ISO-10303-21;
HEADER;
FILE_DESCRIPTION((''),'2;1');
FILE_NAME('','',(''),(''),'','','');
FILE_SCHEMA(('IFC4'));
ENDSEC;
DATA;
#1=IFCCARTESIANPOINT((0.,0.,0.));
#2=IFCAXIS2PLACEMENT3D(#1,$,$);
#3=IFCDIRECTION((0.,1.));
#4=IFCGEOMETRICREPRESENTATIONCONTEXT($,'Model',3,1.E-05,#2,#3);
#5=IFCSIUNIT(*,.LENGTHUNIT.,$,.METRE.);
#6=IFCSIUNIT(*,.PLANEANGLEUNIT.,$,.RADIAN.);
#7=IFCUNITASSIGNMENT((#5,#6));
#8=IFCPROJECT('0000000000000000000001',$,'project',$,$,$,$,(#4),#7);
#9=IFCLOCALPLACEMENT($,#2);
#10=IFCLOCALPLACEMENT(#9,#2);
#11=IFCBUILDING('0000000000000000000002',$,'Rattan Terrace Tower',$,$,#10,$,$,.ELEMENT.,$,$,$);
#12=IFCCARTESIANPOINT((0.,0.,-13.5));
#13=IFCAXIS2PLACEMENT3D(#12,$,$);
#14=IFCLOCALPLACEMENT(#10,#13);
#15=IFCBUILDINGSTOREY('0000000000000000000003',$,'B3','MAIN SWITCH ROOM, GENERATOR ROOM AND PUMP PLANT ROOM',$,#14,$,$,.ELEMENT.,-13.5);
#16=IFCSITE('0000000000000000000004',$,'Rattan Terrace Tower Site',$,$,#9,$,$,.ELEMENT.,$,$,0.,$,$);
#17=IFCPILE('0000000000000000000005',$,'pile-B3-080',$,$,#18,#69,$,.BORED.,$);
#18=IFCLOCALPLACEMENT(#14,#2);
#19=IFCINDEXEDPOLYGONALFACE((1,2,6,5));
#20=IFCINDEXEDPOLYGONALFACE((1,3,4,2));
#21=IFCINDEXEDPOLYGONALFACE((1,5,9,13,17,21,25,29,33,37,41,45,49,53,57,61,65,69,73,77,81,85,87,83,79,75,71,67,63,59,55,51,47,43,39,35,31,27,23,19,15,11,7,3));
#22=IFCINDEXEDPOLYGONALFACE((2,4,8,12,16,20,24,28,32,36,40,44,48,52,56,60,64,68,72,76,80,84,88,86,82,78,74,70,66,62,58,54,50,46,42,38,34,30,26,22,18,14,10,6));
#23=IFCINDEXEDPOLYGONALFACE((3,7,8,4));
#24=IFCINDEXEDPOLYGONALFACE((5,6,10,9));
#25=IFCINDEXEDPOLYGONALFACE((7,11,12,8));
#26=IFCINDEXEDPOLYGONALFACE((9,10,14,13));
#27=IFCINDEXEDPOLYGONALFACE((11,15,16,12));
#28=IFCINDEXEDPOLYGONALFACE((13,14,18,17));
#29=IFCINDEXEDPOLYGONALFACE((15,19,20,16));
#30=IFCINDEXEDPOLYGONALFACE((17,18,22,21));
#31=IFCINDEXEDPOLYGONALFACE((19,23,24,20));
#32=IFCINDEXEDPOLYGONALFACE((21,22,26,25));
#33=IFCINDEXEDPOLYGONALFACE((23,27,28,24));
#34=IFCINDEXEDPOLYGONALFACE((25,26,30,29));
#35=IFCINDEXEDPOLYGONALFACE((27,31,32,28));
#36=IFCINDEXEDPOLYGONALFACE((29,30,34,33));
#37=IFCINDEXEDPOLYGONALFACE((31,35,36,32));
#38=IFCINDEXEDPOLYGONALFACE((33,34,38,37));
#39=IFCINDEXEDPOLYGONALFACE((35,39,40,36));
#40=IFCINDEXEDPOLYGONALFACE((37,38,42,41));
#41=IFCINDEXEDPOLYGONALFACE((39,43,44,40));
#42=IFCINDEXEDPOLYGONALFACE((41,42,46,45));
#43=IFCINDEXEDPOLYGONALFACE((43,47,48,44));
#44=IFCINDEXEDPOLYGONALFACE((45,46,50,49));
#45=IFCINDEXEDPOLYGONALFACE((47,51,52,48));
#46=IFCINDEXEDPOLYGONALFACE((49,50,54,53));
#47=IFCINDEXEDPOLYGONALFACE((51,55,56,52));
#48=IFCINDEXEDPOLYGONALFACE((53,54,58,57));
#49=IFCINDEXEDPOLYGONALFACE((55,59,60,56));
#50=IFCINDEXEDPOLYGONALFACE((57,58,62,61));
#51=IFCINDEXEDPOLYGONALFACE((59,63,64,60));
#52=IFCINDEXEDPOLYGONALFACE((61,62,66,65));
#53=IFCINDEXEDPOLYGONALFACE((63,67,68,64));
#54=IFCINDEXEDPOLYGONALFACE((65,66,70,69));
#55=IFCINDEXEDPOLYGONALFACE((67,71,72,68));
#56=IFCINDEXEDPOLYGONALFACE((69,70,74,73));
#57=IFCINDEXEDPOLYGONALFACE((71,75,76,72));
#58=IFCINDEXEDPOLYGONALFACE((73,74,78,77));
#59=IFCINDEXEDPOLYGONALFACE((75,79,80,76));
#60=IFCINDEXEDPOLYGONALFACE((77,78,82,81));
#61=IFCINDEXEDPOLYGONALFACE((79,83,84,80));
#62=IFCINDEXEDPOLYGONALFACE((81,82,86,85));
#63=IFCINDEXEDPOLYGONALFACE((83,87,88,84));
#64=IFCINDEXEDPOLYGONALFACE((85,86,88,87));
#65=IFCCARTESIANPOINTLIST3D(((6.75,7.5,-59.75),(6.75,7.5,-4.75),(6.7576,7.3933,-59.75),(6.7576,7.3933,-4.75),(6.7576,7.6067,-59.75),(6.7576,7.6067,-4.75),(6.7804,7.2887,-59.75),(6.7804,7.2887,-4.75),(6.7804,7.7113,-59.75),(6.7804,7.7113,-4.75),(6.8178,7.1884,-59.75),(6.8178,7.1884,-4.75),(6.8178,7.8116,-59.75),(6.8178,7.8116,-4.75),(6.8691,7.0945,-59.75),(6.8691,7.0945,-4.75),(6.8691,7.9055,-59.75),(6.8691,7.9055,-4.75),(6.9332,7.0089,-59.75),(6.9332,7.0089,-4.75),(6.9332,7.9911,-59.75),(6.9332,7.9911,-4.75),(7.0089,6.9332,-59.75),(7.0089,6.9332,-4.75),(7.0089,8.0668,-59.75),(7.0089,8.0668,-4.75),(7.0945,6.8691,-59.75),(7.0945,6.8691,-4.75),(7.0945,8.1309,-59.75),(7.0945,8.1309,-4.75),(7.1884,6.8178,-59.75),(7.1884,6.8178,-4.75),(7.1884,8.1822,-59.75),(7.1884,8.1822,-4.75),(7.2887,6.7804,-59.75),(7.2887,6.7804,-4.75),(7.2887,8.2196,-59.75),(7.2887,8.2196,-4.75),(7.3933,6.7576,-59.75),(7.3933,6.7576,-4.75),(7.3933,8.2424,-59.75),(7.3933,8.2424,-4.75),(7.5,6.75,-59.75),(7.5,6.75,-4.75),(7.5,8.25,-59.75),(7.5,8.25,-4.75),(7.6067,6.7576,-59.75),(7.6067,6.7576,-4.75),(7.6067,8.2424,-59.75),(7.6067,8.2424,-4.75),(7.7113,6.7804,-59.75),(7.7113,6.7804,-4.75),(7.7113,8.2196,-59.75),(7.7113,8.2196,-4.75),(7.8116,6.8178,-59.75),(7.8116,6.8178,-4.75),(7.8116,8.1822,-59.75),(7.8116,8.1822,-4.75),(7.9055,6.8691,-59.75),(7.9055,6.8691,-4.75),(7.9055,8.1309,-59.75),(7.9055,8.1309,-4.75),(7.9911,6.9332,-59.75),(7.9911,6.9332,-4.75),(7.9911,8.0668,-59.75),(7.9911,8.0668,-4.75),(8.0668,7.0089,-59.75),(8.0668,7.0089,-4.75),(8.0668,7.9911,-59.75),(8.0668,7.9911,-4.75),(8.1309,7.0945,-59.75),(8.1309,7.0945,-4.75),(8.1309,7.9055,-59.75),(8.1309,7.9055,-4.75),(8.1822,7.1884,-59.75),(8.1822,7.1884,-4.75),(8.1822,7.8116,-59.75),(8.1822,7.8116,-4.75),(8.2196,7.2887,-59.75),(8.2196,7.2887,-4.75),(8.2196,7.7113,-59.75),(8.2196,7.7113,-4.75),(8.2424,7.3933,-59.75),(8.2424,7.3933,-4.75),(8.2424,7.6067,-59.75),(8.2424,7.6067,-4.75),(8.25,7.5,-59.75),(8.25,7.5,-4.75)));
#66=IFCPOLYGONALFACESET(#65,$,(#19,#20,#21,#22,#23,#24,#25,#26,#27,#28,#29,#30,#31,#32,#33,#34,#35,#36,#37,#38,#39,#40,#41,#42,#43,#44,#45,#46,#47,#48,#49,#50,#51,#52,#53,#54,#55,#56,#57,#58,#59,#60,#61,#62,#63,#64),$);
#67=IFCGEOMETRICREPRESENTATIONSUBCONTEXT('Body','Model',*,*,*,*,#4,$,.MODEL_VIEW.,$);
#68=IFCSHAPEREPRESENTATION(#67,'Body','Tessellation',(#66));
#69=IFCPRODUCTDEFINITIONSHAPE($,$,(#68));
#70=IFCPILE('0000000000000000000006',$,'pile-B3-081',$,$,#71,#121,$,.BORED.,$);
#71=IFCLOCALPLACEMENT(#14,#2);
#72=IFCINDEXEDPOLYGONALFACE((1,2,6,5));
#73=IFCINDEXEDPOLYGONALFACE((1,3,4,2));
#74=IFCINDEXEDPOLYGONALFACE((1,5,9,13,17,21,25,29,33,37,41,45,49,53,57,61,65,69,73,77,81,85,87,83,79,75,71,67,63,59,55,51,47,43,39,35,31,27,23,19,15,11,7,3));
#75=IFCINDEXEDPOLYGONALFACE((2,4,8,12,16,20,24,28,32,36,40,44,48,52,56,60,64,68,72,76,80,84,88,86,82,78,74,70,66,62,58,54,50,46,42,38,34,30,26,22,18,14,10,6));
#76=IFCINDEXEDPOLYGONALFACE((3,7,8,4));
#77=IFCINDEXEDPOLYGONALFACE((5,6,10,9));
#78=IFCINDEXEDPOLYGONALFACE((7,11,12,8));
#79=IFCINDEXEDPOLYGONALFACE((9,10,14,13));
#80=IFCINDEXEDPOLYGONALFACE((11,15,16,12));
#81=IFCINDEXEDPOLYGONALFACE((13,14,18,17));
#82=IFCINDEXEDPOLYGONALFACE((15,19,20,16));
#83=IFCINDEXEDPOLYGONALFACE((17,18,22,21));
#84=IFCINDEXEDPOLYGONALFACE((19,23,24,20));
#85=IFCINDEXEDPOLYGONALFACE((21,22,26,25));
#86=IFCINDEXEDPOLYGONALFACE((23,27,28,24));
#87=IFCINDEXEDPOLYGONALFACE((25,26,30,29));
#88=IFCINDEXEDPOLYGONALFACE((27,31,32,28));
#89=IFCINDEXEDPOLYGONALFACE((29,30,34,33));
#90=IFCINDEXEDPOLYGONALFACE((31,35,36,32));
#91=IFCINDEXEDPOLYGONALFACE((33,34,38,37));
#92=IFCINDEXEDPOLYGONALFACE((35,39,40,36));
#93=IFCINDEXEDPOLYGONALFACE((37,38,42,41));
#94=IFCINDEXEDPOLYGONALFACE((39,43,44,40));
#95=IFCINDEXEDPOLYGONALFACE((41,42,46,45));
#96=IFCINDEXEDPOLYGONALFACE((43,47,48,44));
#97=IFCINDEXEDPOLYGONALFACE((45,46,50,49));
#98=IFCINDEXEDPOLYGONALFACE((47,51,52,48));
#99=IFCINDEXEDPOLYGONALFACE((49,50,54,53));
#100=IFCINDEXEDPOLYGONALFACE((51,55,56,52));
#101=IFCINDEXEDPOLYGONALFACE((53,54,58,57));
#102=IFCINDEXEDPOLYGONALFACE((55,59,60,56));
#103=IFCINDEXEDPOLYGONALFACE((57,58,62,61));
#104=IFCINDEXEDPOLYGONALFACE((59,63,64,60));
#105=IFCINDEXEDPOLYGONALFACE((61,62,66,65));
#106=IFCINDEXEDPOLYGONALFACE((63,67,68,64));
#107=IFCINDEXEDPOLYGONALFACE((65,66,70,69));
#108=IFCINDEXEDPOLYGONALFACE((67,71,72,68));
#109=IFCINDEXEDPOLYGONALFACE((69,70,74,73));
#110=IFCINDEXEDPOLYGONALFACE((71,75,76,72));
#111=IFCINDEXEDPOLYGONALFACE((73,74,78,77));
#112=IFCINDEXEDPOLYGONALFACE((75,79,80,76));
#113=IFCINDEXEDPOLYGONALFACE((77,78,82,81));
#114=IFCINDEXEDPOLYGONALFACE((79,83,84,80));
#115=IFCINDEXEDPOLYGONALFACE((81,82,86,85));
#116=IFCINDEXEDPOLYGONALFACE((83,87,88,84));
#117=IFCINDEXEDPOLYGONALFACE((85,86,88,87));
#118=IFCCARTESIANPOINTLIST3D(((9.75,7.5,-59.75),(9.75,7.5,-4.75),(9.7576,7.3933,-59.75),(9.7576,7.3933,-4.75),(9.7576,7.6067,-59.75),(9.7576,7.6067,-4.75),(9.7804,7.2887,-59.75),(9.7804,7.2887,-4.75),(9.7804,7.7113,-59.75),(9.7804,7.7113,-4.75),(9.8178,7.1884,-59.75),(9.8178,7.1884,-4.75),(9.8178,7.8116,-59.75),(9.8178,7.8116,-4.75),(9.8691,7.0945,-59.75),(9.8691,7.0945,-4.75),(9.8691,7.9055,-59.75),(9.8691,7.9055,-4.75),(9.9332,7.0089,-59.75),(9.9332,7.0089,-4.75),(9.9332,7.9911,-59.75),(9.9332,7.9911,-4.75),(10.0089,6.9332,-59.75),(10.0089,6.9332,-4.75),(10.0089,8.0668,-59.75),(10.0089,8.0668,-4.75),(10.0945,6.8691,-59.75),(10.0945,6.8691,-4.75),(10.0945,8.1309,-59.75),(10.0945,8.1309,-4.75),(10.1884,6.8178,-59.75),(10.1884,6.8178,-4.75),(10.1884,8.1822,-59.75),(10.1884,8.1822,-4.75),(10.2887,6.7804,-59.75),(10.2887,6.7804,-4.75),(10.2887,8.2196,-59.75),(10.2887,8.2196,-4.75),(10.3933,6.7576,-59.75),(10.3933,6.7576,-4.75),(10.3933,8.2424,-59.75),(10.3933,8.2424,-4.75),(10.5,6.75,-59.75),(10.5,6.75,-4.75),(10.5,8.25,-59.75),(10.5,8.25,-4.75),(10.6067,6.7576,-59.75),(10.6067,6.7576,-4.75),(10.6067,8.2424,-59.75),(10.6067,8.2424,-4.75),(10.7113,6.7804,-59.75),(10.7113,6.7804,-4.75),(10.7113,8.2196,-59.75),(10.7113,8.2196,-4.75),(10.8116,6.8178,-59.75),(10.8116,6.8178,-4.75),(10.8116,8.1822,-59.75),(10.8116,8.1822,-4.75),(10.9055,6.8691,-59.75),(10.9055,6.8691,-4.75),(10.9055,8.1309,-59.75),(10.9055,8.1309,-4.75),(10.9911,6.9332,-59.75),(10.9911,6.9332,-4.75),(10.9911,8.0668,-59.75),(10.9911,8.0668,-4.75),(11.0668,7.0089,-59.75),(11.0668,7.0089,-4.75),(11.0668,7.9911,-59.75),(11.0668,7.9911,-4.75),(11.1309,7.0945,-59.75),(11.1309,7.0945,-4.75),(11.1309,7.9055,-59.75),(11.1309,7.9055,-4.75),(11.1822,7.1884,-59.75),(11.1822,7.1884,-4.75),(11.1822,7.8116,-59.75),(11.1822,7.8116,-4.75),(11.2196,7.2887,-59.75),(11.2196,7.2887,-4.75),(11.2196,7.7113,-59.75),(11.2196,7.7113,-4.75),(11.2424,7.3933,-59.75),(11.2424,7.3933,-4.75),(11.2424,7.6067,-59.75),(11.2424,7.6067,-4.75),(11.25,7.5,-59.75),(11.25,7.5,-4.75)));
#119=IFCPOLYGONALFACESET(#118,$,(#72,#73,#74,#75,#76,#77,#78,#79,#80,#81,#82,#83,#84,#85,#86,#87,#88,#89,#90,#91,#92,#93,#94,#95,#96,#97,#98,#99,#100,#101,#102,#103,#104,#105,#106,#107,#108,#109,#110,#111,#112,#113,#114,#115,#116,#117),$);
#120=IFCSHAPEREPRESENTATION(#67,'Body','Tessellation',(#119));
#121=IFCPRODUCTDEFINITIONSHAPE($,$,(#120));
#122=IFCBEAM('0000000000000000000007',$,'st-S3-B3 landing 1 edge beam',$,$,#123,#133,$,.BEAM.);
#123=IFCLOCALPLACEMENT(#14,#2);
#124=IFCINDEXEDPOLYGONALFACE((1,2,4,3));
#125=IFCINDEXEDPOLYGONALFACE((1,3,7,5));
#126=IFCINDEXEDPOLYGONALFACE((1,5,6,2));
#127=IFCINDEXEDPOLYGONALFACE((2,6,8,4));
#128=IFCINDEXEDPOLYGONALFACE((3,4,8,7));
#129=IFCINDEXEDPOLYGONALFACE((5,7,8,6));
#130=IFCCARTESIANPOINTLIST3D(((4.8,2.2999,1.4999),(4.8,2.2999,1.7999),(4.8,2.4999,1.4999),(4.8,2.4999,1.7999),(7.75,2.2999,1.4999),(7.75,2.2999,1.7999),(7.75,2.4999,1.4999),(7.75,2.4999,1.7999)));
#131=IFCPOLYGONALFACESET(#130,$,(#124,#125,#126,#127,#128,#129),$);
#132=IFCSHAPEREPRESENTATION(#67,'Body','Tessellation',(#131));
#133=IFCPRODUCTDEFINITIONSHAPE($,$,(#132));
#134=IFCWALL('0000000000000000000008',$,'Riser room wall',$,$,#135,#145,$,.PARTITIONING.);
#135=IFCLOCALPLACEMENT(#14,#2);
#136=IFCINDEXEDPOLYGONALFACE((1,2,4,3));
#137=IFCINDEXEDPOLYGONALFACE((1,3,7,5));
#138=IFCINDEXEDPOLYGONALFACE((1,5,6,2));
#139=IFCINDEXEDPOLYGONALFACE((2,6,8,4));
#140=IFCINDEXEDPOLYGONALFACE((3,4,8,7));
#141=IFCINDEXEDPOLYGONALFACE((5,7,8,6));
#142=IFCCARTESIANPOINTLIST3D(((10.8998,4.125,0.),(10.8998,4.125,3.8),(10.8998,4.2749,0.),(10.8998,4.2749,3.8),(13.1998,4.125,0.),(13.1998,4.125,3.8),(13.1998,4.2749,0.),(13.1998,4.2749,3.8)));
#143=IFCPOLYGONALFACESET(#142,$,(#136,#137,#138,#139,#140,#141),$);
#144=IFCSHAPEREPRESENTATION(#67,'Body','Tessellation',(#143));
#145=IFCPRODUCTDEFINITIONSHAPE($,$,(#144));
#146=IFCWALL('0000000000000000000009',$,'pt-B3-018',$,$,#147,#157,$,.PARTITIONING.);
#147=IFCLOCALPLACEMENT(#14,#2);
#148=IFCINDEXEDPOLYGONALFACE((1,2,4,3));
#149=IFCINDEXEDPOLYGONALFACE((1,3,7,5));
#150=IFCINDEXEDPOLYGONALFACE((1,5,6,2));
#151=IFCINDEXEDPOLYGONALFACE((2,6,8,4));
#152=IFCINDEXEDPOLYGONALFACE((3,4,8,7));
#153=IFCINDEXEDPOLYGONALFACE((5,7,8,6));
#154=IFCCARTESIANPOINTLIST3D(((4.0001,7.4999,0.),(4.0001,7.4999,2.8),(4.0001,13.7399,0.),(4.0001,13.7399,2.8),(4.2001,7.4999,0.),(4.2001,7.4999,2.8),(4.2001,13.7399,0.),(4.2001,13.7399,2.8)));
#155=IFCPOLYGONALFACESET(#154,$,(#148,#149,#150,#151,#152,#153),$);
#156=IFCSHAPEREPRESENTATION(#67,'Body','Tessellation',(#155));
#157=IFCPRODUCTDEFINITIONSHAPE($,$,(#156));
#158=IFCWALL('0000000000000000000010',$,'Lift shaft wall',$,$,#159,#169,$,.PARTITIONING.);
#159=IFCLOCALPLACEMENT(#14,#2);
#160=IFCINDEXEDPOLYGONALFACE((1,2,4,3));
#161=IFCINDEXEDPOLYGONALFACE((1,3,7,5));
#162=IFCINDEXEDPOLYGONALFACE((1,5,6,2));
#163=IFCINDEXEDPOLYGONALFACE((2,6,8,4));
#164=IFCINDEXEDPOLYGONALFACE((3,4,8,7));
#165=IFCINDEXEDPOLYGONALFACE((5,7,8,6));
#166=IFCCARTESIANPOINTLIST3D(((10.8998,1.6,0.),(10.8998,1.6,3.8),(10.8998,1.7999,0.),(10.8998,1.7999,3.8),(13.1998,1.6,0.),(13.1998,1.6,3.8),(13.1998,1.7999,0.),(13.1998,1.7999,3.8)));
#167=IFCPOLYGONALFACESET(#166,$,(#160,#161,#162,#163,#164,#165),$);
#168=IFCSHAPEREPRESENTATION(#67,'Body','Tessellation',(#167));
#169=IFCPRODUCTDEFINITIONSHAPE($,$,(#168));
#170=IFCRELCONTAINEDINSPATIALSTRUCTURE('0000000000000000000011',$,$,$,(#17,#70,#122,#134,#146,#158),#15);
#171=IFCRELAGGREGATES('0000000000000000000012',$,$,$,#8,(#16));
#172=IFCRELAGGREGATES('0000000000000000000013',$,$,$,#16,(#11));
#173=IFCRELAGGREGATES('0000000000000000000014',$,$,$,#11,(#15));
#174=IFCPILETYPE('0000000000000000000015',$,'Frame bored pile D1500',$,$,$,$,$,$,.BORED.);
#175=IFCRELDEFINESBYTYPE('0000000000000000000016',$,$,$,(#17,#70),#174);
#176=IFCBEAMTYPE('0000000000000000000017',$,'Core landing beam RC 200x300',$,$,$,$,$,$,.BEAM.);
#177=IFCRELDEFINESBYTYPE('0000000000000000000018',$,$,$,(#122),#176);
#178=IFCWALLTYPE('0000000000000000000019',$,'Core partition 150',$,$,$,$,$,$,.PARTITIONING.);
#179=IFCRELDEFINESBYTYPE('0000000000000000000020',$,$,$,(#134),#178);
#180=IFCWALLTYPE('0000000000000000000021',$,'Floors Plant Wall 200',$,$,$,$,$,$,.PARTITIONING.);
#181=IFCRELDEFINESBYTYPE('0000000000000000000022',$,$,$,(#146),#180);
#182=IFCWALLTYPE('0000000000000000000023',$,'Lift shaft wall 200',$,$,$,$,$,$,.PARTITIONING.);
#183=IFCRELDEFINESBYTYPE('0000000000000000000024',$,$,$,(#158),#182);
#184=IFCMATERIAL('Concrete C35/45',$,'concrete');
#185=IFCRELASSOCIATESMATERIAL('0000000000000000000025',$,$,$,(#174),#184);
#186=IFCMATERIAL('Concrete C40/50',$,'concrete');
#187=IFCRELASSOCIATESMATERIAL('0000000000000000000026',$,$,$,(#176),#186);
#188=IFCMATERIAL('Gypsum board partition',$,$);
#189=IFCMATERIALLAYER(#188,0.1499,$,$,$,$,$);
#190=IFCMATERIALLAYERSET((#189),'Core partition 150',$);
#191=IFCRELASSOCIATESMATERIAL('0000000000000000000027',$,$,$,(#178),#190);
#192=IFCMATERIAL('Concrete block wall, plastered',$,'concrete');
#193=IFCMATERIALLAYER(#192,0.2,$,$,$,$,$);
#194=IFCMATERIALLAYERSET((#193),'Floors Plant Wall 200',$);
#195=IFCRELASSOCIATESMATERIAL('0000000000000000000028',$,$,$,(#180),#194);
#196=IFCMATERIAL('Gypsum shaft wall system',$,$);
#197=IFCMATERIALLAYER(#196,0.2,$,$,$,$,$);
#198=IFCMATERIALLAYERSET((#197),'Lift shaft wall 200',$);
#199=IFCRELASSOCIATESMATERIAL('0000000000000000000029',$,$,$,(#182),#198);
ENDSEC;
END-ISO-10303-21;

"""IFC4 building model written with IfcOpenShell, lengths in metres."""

from ifc_helpers import new_model, si_unit, direction, frame, frame_2d, origin, origin_2d, place, context, subcontext, project, spatial, rectangle, circle, extrude, material, layer, layer_set, material_profile, profile_set, type_object, element, save


model = new_model("IFC4")

# Units and contexts
model_context = context("Model", 3, precision=1e-05, world=origin(), true_north=direction((0.0, 1.0)))
body_context = subcontext(model_context, "Body", "Model", "MODEL_VIEW")
ifc_project = project(units=[si_unit("LENGTHUNIT", "METRE"), si_unit("PLANEANGLEUNIT", "RADIAN")], contexts=[model_context])

# Site, building, storey
site_placement = place(None, origin())
site = spatial("IfcSite", under=ifc_project, at=site_placement, Name="Rattan Terrace Tower Site", CompositionType="ELEMENT", RefElevation=0.0)
building_placement = place(site_placement, origin())
building = spatial("IfcBuilding", under=site, at=building_placement, Name="Rattan Terrace Tower", CompositionType="ELEMENT")
storey_placement = place(building_placement, frame((0.0, 0.0, -13.5)))
storey = spatial("IfcBuildingStorey", under=building, at=storey_placement, Name="B3", Description="MAIN SWITCH ROOM, GENERATOR ROOM AND PUMP PLANT ROOM", CompositionType="ELEMENT", Elevation=-13.5)

# Piles
ifc_material_1 = material(Name="Concrete C35/45", Category="concrete")
ifc_material_profile_1 = material_profile(ifc_material_1, circle(Radius=0.75, at=origin_2d()), Name="PILE D1500")
ifc_profile_set_1 = profile_set([ifc_material_profile_1], Name="Concrete C35/45")
pile_type = type_object("IfcPileType", Name="Frame bored pile D1500", PredefinedType="BORED", material=ifc_profile_set_1)
for number, where, z_axis, x_axis, name in (
    (1, (7.5, 7.5, -4.75), (0.0, 0.0, -1.0), (1.0, 0.0, 0.0), "pile-B3-080"),
    (2, (10.5, 7.5, -4.75), (0.0, 0.0, -1.0), (1.0, 0.0, 0.0), "pile-B3-081"),
):
    element("IfcPile", number, at=place(storey_placement, frame(where, z_axis=z_axis, x_axis=x_axis)), inside=storey, type_object=pile_type, Name=name, PredefinedType="BORED", context=body_context, shape_type="SweptSolid", body=[
        extrude(circle(Radius=0.75, at=origin_2d()), origin(), (0.0, 0.0, 1.0), 55.0),
    ])

# Beam
ifc_material_2 = material(Name="Concrete C40/50", Category="concrete")
ifc_material_profile_2 = material_profile(ifc_material_2, rectangle(XDim=0.2, YDim=0.3, at=origin_2d()), Name="RC 200x300")
ifc_profile_set_2 = profile_set([ifc_material_profile_2], Name="Concrete C40/50")
beam_type = type_object("IfcBeamType", Name="Core landing beam RC 200x300", PredefinedType="BEAM", material=ifc_profile_set_2)
beam_placement = place(storey_placement, frame((4.8, 2.3999, 1.6499), z_axis=(1.0, 0.0, 0.0), x_axis=(0.0, 1.0, 0.0)))
element("IfcBeam", 3, at=beam_placement, inside=storey, type_object=beam_type, Name="st-S3-B3 landing 1 edge beam", PredefinedType="BEAM", context=body_context, shape_type="SweptSolid", body=[
    extrude(rectangle(XDim=0.2, YDim=0.3, at=origin_2d()), origin(), (0.0, 0.0, 1.0), 2.95),
])

# Walls
ifc_material_3 = material(Name="Gypsum board partition")
ifc_layer_1 = layer(ifc_material_3, 0.1499)
ifc_layer_set_1 = layer_set([ifc_layer_1], Name="Core partition 150")
wall_type_1 = type_object("IfcWallType", Name="Core partition 150", PredefinedType="PARTITIONING", material=ifc_layer_set_1)
wall_1_placement = place(storey_placement, frame((10.8999, 4.2, 0.0), z_axis=(0.0, 0.0, 1.0), x_axis=(1.0, 0.0, 0.0)))
element("IfcWall", 4, at=wall_1_placement, inside=storey, type_object=wall_type_1, Name="Riser room wall", PredefinedType="PARTITIONING", context=body_context, shape_type="SweptSolid", body=[
    extrude(rectangle(XDim=2.3, YDim=0.1499, at=frame_2d((1.1499, 0.0))), origin(), (0.0, 0.0, 1.0), 3.8),
])
ifc_material_4 = material(Name="Concrete block wall, plastered", Category="concrete")
ifc_layer_2 = layer(ifc_material_4, 0.2)
ifc_layer_set_2 = layer_set([ifc_layer_2], Name="Floors Plant Wall 200")
wall_type_2 = type_object("IfcWallType", Name="Floors Plant Wall 200", PredefinedType="PARTITIONING", material=ifc_layer_set_2)
wall_2_placement = place(storey_placement, frame((4.1001, 13.74, 0.0), z_axis=(0.0, 0.0, 1.0), x_axis=(0.0, -1.0, 0.0)))
element("IfcWall", 5, at=wall_2_placement, inside=storey, type_object=wall_type_2, Name="pt-B3-018", PredefinedType="PARTITIONING", context=body_context, shape_type="SweptSolid", body=[
    extrude(rectangle(XDim=6.24, YDim=0.2, at=frame_2d((3.1201, 0.0))), origin(), (0.0, 0.0, 1.0), 2.8),
])
ifc_material_5 = material(Name="Gypsum shaft wall system")
ifc_layer_3 = layer(ifc_material_5, 0.2)
ifc_layer_set_3 = layer_set([ifc_layer_3], Name="Lift shaft wall 200")
wall_type_3 = type_object("IfcWallType", Name="Lift shaft wall 200", PredefinedType="PARTITIONING", material=ifc_layer_set_3)
wall_3_placement = place(storey_placement, frame((10.8999, 1.7, 0.0), z_axis=(0.0, 0.0, 1.0), x_axis=(1.0, 0.0, 0.0)))
element("IfcWall", 6, at=wall_3_placement, inside=storey, type_object=wall_type_3, Name="Lift shaft wall", PredefinedType="PARTITIONING", context=body_context, shape_type="SweptSolid", body=[
    extrude(rectangle(XDim=2.3, YDim=0.2, at=frame_2d((1.1499, 0.0))), origin(), (0.0, 0.0, 1.0), 3.8),
])

save(model, "model.ifc")
